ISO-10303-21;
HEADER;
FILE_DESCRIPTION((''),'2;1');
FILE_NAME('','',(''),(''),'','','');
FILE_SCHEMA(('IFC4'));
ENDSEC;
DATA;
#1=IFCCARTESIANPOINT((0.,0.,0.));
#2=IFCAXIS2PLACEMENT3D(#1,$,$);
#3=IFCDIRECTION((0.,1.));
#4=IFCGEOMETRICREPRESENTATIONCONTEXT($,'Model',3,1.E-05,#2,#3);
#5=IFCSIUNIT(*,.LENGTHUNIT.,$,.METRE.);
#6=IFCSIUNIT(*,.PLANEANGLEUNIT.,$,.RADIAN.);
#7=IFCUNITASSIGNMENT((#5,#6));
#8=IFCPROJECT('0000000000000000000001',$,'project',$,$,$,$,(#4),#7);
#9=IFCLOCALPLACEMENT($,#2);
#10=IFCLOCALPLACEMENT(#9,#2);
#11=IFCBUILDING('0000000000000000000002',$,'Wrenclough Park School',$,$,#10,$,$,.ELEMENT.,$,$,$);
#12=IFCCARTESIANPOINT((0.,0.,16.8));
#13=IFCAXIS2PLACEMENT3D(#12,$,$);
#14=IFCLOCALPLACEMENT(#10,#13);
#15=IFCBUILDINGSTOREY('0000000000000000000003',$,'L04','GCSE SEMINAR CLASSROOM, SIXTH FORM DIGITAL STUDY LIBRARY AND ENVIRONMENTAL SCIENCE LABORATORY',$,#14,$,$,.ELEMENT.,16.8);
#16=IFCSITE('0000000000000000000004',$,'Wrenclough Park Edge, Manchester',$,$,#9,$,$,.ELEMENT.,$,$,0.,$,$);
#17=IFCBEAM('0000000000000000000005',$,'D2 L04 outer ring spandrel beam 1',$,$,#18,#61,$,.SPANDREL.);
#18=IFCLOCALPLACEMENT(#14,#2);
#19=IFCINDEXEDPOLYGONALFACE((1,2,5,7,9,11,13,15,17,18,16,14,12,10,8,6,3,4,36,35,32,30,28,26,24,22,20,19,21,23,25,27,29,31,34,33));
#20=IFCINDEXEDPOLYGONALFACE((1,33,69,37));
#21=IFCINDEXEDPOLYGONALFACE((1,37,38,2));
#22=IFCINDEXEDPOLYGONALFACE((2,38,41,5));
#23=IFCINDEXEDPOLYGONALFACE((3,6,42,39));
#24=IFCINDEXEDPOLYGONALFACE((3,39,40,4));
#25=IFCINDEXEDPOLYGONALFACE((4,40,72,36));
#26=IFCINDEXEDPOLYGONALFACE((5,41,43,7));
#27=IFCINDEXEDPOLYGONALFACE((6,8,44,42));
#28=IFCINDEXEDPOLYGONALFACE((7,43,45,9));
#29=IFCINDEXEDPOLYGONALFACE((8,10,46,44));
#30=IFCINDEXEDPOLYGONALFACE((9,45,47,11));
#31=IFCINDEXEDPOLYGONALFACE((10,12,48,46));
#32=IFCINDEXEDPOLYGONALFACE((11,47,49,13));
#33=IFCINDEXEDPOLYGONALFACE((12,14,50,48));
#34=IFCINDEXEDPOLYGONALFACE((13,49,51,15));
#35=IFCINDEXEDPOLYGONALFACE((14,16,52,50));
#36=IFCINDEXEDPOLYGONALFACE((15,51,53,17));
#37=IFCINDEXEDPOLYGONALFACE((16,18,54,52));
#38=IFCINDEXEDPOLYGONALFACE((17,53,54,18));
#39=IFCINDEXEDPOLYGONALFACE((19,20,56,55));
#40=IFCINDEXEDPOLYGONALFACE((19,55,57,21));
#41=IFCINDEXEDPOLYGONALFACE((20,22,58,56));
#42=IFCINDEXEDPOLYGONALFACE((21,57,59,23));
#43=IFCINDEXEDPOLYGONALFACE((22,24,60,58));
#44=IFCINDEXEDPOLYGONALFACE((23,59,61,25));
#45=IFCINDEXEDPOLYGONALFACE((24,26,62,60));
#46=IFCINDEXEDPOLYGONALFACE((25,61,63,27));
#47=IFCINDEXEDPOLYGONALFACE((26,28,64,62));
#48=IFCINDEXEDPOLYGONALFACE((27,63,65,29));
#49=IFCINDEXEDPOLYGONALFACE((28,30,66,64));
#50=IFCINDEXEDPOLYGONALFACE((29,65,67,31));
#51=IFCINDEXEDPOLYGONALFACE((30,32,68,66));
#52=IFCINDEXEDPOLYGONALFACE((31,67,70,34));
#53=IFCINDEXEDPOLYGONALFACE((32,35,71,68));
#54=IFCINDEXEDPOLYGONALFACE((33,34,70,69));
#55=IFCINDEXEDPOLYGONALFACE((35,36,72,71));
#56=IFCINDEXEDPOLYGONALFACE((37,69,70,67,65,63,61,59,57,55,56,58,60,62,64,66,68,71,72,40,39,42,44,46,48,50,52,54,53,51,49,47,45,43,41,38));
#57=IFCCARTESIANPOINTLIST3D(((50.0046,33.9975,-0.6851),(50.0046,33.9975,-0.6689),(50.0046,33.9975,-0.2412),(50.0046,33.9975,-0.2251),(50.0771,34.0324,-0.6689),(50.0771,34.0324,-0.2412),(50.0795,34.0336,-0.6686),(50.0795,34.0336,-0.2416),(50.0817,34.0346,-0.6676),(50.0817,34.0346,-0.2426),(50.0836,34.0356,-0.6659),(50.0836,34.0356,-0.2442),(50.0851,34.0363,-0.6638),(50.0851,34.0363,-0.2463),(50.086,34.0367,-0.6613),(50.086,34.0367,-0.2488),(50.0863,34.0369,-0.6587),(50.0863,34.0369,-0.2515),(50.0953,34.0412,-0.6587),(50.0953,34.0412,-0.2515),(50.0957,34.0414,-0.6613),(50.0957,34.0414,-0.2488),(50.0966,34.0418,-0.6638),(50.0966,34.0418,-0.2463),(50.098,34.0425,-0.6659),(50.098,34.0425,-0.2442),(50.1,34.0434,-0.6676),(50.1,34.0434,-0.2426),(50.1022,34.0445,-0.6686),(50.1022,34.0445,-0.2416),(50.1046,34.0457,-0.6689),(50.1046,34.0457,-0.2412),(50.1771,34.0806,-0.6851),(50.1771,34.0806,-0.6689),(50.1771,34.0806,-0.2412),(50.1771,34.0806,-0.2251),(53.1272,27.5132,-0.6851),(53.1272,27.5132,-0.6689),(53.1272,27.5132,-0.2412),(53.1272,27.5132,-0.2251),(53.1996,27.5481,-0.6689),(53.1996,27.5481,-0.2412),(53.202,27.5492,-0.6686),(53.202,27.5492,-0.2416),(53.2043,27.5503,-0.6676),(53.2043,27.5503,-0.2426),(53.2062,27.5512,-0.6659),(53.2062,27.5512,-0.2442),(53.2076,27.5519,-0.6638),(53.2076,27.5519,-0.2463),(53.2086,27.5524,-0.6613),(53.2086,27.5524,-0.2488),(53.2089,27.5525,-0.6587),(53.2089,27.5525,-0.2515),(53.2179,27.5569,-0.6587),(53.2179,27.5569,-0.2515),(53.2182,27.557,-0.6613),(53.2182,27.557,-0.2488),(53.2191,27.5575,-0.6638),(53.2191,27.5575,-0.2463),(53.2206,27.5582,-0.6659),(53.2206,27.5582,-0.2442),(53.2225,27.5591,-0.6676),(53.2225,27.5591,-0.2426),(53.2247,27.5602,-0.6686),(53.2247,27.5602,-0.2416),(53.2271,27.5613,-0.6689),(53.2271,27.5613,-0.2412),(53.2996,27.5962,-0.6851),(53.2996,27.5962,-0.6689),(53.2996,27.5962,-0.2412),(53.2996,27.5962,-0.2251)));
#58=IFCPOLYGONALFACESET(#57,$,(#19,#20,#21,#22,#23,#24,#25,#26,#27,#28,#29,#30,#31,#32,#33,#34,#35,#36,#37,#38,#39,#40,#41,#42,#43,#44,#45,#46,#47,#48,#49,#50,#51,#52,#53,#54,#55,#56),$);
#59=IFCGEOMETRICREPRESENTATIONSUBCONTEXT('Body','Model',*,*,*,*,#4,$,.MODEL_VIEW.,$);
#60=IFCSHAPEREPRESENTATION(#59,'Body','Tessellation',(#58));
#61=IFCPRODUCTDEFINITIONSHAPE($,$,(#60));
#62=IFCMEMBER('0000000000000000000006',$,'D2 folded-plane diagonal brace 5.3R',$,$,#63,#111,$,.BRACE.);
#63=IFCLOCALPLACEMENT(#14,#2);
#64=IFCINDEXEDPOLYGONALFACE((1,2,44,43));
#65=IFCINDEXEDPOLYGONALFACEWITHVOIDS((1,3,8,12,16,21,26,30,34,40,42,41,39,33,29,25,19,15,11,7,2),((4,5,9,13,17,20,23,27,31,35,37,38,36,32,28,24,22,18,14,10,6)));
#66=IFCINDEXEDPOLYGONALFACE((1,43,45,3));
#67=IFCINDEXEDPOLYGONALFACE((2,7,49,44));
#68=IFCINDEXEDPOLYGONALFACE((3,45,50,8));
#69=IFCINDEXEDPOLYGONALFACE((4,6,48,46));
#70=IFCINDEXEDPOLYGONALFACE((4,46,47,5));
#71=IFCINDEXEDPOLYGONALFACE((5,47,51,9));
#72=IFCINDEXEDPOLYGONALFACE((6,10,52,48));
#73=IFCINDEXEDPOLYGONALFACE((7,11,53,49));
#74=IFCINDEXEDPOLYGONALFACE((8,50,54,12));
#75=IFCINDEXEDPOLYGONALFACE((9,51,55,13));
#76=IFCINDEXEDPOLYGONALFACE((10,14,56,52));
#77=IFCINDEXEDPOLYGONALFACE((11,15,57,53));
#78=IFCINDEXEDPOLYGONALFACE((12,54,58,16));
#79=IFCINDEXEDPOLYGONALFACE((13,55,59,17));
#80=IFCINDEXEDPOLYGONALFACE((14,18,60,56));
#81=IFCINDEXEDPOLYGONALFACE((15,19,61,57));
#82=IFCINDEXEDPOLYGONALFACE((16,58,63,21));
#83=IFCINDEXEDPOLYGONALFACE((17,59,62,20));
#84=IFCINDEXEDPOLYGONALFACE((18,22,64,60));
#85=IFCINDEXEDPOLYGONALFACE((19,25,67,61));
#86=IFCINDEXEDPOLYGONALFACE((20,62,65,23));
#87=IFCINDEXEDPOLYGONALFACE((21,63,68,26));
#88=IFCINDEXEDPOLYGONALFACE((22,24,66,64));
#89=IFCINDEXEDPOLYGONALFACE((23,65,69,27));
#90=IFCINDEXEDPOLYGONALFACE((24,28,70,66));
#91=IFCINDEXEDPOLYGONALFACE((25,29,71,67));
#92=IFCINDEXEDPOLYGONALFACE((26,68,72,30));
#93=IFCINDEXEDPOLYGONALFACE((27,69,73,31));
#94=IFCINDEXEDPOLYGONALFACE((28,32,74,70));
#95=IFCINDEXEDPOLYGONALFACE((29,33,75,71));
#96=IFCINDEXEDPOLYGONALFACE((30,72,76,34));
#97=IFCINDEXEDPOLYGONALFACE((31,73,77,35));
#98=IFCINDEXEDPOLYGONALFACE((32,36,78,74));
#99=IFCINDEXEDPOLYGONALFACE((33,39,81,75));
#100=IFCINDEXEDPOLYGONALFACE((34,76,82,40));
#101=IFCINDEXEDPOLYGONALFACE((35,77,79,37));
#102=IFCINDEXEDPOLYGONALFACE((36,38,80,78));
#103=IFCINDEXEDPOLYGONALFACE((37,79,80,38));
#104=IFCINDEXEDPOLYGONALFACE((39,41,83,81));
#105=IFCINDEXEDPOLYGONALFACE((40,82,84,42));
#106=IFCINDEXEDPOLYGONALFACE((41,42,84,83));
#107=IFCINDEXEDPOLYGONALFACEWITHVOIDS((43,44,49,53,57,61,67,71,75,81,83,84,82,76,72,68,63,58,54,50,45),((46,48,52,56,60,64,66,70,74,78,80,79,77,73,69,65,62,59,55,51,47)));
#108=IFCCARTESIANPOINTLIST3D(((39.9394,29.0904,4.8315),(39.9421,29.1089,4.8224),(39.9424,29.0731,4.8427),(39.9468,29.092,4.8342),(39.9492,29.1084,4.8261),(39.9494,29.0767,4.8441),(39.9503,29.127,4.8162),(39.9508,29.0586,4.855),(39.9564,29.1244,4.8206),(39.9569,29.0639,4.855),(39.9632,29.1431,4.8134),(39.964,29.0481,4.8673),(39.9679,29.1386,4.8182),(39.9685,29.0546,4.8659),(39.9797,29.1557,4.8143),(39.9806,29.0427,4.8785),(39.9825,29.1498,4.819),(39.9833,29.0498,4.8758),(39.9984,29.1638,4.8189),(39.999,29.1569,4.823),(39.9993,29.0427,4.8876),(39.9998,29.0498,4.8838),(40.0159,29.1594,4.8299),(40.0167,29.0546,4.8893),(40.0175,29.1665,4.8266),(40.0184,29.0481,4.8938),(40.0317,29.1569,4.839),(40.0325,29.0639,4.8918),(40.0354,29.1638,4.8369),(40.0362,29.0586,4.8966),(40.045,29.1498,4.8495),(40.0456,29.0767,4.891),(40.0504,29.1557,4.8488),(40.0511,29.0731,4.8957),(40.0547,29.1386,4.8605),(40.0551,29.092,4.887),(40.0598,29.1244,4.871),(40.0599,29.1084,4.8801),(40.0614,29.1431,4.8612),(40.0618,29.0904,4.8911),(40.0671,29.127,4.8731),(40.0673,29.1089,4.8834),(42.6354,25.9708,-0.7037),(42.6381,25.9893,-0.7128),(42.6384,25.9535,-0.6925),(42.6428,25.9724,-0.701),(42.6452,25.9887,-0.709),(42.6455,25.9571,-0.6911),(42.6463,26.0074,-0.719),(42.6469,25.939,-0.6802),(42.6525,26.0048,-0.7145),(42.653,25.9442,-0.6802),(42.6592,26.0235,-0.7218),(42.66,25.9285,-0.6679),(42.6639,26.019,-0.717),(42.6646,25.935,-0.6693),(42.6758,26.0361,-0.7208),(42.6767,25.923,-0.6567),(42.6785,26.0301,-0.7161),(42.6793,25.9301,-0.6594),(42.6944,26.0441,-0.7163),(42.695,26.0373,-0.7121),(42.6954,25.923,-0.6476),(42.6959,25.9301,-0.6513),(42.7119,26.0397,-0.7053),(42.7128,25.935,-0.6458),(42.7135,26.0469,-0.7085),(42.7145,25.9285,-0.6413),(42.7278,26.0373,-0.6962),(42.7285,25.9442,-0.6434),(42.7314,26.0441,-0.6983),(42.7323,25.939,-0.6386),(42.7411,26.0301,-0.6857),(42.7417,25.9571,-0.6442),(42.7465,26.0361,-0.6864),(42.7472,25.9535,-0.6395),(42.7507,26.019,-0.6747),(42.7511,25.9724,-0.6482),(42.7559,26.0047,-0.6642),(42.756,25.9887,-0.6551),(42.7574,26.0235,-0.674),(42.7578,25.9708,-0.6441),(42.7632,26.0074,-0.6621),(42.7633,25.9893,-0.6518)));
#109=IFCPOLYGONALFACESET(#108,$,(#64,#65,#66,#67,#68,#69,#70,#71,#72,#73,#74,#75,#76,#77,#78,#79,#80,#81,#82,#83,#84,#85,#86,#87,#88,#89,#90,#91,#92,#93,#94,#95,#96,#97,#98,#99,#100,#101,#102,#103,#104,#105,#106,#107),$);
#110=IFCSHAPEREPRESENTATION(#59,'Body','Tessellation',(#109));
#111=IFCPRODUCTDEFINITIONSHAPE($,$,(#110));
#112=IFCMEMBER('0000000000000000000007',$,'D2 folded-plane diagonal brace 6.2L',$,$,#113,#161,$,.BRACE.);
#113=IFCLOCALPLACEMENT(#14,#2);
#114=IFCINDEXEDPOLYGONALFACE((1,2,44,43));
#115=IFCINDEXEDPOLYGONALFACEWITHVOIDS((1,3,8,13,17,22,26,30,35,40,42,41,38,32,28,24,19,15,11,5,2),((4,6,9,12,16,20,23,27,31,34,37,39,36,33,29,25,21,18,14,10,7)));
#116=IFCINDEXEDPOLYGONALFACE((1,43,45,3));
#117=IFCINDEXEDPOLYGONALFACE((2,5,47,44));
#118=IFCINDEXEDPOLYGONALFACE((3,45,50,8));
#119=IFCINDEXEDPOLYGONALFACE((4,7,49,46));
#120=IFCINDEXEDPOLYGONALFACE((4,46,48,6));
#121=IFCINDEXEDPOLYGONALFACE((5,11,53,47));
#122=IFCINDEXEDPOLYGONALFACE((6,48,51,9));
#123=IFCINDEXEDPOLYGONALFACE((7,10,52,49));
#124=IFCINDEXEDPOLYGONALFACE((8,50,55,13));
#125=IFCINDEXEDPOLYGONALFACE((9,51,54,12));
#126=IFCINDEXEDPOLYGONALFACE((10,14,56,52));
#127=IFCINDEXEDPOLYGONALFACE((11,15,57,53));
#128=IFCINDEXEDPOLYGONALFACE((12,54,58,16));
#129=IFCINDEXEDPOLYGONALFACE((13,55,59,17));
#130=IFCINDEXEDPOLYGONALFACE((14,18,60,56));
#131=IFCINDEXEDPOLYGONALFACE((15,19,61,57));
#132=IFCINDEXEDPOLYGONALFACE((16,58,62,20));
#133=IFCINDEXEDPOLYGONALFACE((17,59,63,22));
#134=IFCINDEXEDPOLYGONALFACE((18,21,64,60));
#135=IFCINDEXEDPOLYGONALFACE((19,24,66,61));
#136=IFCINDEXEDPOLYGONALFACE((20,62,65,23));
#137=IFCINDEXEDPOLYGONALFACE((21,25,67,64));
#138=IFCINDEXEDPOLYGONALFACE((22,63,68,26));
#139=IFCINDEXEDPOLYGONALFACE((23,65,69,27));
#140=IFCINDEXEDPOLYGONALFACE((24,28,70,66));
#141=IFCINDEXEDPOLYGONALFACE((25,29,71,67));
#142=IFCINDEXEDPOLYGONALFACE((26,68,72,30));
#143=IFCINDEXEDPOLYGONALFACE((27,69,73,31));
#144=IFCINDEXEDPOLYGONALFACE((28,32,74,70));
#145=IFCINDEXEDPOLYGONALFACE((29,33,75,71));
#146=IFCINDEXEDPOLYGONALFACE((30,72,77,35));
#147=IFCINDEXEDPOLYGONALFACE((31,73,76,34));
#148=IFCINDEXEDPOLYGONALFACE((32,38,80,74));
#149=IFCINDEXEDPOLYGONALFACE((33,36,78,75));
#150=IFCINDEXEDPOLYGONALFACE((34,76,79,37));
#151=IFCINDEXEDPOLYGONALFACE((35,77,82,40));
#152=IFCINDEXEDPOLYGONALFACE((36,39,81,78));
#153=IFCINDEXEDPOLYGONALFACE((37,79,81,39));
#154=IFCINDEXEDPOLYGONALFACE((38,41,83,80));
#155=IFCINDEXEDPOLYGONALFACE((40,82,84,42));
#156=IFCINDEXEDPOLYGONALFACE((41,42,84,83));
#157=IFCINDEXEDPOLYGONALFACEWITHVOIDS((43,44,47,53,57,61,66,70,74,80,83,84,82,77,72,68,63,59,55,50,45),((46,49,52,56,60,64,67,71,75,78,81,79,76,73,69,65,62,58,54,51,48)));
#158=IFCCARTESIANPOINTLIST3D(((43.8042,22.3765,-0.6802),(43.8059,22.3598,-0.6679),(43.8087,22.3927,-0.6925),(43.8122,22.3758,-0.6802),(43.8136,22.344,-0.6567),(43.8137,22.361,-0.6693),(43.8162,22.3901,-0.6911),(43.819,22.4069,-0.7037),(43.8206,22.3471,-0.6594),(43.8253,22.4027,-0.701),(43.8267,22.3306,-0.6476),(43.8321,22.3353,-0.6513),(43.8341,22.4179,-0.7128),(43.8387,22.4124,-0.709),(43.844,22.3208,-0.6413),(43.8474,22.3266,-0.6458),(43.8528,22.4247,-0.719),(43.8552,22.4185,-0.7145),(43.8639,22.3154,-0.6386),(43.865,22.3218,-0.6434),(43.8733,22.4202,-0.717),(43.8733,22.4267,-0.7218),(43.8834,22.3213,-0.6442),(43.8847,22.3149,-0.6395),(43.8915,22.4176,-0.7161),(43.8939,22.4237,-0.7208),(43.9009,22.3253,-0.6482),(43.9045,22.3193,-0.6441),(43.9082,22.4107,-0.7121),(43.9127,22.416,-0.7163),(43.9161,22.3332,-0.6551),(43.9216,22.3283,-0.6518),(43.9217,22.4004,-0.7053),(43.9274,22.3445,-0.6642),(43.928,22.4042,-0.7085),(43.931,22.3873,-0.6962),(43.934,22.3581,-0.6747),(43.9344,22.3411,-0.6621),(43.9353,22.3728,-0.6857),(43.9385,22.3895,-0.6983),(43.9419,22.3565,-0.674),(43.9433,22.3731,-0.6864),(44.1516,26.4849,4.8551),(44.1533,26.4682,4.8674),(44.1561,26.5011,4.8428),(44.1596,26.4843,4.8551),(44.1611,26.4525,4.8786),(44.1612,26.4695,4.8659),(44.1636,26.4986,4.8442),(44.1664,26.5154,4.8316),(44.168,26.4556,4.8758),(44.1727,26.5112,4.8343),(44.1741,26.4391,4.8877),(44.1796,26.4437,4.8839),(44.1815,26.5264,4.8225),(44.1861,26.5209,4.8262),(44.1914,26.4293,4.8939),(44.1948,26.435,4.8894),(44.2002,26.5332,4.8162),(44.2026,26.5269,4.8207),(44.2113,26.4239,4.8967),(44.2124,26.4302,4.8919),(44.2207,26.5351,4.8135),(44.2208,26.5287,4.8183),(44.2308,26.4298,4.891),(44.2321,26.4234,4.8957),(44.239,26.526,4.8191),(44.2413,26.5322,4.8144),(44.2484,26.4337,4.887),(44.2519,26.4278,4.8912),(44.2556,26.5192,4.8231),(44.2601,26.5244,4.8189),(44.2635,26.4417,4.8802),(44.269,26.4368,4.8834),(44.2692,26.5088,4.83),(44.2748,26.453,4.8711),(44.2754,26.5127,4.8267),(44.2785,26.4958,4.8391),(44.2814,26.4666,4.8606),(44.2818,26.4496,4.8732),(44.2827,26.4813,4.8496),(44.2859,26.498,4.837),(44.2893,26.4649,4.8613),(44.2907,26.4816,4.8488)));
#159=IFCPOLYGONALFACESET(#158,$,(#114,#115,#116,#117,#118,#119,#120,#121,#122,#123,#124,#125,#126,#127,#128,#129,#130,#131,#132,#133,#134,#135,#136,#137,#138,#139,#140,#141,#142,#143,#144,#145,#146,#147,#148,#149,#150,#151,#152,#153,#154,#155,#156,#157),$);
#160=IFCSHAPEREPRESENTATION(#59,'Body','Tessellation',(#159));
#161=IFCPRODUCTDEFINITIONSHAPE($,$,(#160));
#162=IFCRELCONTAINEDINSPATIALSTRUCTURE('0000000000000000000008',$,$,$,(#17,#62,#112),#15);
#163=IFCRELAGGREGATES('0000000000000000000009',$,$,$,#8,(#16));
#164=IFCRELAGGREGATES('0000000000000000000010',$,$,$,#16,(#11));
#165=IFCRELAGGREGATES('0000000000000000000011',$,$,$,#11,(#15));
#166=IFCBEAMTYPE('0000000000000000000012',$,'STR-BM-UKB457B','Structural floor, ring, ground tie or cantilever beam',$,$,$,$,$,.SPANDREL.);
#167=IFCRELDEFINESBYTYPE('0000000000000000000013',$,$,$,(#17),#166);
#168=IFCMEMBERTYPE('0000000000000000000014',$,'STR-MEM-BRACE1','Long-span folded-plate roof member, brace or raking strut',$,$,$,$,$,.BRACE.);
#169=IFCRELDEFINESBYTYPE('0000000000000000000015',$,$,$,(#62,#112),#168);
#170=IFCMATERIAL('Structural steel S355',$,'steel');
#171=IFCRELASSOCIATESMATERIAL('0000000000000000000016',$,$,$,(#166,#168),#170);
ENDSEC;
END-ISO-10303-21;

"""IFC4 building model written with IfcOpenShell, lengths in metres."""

from ifc_helpers import new_model, si_unit, direction, frame, origin, origin_2d, place, context, subcontext, project, spatial, hollow_circle, i_section, extrude, material, material_profile, profile_set, type_object, element, save


model = new_model("IFC4")

# Units and contexts
model_context = context("Model", 3, precision=1e-05, world=origin(), true_north=direction((0.0, 1.0)))
body_context = subcontext(model_context, "Body", "Model", "MODEL_VIEW")
ifc_project = project(units=[si_unit("LENGTHUNIT", "METRE"), si_unit("PLANEANGLEUNIT", "RADIAN")], contexts=[model_context])

# Site, building, storey
site_placement = place(None, origin())
site = spatial("IfcSite", under=ifc_project, at=site_placement, Name="Wrenclough Park Edge, Manchester", CompositionType="ELEMENT", RefElevation=0.0)
building_placement = place(site_placement, origin())
building = spatial("IfcBuilding", under=site, at=building_placement, Name="Wrenclough Park School", CompositionType="ELEMENT")
storey_placement = place(building_placement, frame((0.0, 0.0, 16.8)))
storey = spatial("IfcBuildingStorey", under=building, at=storey_placement, Name="L04", Description="GCSE SEMINAR CLASSROOM, SIXTH FORM DIGITAL STUDY LIBRARY AND ENVIRONMENTAL SCIENCE LABORATORY", CompositionType="ELEMENT", Elevation=16.8)

# Beam
ifc_material_1 = material(Name="Structural steel S355", Category="steel")
ifc_material_profile_1 = material_profile(ifc_material_1, i_section(OverallWidth=0.1914, OverallDepth=0.46, WebThickness=0.01, FlangeThickness=0.0161, FilletRadius=0.0103, at=origin_2d()), Name="UKB 457x191x82")
ifc_profile_set_1 = profile_set([ifc_material_profile_1], Name="Structural steel S355")
beam_type = type_object("IfcBeamType", Name="STR-BM-UKB457B", Description="Structural floor, ring, ground tie or cantilever beam", PredefinedType="SPANDREL", material=ifc_profile_set_1)
beam_placement = place(storey_placement, frame((53.2134, 27.5547, -0.4551), z_axis=(-0.433867, 0.900977, 0.0), x_axis=(-0.900977, -0.433867, 0.0)))
element("IfcBeam", 1, at=beam_placement, inside=storey, type_object=beam_type, Name="D2 L04 outer ring spandrel beam 1", PredefinedType="SPANDREL", context=body_context, shape_type="SweptSolid", body=[
    extrude(i_section(OverallWidth=0.1914, OverallDepth=0.46, WebThickness=0.01, FlangeThickness=0.0161, FilletRadius=0.0103, at=origin_2d()), origin(), (0.0, 0.0, 1.0), 7.197),
])

# Members
ifc_material_profile_2 = material_profile(ifc_material_1, hollow_circle(Radius=0.0698, WallThickness=0.0081, at=origin_2d()), Name="CHS 139.7x8.0")
ifc_profile_set_2 = profile_set([ifc_material_profile_2], Name="Structural steel S355")
member_type_1 = type_object("IfcMemberType", Name="STR-MEM-BRACE1", Description="Long-span folded-plate roof member, brace or raking strut", PredefinedType="BRACE", material=ifc_profile_set_2)
for number, where, z_axis, x_axis, name in (
    (2, (42.6997, 25.9846, -0.6802), (-0.390613, 0.451984, 0.801955), (-0.756605, -0.653873, 0.0), "D2 folded-plane diagonal brace 5.3R"),
    (3, (43.8738, 22.3706, -0.6802), (0.050335, 0.595248, 0.801964), (-0.996444, 0.084261, 0.0), "D2 folded-plane diagonal brace 6.2L"),
):
    element("IfcMember", number, at=place(storey_placement, frame(where, z_axis=z_axis, x_axis=x_axis)), inside=storey, type_object=member_type_1, Name=name, PredefinedType="BRACE", context=body_context, shape_type="SweptSolid", body=[
        extrude(hollow_circle(Radius=0.0698, WallThickness=0.0081, at=origin_2d()), origin(), (0.0, 0.0, 1.0), 6.9021),
    ])

save(model, "model.ifc")
